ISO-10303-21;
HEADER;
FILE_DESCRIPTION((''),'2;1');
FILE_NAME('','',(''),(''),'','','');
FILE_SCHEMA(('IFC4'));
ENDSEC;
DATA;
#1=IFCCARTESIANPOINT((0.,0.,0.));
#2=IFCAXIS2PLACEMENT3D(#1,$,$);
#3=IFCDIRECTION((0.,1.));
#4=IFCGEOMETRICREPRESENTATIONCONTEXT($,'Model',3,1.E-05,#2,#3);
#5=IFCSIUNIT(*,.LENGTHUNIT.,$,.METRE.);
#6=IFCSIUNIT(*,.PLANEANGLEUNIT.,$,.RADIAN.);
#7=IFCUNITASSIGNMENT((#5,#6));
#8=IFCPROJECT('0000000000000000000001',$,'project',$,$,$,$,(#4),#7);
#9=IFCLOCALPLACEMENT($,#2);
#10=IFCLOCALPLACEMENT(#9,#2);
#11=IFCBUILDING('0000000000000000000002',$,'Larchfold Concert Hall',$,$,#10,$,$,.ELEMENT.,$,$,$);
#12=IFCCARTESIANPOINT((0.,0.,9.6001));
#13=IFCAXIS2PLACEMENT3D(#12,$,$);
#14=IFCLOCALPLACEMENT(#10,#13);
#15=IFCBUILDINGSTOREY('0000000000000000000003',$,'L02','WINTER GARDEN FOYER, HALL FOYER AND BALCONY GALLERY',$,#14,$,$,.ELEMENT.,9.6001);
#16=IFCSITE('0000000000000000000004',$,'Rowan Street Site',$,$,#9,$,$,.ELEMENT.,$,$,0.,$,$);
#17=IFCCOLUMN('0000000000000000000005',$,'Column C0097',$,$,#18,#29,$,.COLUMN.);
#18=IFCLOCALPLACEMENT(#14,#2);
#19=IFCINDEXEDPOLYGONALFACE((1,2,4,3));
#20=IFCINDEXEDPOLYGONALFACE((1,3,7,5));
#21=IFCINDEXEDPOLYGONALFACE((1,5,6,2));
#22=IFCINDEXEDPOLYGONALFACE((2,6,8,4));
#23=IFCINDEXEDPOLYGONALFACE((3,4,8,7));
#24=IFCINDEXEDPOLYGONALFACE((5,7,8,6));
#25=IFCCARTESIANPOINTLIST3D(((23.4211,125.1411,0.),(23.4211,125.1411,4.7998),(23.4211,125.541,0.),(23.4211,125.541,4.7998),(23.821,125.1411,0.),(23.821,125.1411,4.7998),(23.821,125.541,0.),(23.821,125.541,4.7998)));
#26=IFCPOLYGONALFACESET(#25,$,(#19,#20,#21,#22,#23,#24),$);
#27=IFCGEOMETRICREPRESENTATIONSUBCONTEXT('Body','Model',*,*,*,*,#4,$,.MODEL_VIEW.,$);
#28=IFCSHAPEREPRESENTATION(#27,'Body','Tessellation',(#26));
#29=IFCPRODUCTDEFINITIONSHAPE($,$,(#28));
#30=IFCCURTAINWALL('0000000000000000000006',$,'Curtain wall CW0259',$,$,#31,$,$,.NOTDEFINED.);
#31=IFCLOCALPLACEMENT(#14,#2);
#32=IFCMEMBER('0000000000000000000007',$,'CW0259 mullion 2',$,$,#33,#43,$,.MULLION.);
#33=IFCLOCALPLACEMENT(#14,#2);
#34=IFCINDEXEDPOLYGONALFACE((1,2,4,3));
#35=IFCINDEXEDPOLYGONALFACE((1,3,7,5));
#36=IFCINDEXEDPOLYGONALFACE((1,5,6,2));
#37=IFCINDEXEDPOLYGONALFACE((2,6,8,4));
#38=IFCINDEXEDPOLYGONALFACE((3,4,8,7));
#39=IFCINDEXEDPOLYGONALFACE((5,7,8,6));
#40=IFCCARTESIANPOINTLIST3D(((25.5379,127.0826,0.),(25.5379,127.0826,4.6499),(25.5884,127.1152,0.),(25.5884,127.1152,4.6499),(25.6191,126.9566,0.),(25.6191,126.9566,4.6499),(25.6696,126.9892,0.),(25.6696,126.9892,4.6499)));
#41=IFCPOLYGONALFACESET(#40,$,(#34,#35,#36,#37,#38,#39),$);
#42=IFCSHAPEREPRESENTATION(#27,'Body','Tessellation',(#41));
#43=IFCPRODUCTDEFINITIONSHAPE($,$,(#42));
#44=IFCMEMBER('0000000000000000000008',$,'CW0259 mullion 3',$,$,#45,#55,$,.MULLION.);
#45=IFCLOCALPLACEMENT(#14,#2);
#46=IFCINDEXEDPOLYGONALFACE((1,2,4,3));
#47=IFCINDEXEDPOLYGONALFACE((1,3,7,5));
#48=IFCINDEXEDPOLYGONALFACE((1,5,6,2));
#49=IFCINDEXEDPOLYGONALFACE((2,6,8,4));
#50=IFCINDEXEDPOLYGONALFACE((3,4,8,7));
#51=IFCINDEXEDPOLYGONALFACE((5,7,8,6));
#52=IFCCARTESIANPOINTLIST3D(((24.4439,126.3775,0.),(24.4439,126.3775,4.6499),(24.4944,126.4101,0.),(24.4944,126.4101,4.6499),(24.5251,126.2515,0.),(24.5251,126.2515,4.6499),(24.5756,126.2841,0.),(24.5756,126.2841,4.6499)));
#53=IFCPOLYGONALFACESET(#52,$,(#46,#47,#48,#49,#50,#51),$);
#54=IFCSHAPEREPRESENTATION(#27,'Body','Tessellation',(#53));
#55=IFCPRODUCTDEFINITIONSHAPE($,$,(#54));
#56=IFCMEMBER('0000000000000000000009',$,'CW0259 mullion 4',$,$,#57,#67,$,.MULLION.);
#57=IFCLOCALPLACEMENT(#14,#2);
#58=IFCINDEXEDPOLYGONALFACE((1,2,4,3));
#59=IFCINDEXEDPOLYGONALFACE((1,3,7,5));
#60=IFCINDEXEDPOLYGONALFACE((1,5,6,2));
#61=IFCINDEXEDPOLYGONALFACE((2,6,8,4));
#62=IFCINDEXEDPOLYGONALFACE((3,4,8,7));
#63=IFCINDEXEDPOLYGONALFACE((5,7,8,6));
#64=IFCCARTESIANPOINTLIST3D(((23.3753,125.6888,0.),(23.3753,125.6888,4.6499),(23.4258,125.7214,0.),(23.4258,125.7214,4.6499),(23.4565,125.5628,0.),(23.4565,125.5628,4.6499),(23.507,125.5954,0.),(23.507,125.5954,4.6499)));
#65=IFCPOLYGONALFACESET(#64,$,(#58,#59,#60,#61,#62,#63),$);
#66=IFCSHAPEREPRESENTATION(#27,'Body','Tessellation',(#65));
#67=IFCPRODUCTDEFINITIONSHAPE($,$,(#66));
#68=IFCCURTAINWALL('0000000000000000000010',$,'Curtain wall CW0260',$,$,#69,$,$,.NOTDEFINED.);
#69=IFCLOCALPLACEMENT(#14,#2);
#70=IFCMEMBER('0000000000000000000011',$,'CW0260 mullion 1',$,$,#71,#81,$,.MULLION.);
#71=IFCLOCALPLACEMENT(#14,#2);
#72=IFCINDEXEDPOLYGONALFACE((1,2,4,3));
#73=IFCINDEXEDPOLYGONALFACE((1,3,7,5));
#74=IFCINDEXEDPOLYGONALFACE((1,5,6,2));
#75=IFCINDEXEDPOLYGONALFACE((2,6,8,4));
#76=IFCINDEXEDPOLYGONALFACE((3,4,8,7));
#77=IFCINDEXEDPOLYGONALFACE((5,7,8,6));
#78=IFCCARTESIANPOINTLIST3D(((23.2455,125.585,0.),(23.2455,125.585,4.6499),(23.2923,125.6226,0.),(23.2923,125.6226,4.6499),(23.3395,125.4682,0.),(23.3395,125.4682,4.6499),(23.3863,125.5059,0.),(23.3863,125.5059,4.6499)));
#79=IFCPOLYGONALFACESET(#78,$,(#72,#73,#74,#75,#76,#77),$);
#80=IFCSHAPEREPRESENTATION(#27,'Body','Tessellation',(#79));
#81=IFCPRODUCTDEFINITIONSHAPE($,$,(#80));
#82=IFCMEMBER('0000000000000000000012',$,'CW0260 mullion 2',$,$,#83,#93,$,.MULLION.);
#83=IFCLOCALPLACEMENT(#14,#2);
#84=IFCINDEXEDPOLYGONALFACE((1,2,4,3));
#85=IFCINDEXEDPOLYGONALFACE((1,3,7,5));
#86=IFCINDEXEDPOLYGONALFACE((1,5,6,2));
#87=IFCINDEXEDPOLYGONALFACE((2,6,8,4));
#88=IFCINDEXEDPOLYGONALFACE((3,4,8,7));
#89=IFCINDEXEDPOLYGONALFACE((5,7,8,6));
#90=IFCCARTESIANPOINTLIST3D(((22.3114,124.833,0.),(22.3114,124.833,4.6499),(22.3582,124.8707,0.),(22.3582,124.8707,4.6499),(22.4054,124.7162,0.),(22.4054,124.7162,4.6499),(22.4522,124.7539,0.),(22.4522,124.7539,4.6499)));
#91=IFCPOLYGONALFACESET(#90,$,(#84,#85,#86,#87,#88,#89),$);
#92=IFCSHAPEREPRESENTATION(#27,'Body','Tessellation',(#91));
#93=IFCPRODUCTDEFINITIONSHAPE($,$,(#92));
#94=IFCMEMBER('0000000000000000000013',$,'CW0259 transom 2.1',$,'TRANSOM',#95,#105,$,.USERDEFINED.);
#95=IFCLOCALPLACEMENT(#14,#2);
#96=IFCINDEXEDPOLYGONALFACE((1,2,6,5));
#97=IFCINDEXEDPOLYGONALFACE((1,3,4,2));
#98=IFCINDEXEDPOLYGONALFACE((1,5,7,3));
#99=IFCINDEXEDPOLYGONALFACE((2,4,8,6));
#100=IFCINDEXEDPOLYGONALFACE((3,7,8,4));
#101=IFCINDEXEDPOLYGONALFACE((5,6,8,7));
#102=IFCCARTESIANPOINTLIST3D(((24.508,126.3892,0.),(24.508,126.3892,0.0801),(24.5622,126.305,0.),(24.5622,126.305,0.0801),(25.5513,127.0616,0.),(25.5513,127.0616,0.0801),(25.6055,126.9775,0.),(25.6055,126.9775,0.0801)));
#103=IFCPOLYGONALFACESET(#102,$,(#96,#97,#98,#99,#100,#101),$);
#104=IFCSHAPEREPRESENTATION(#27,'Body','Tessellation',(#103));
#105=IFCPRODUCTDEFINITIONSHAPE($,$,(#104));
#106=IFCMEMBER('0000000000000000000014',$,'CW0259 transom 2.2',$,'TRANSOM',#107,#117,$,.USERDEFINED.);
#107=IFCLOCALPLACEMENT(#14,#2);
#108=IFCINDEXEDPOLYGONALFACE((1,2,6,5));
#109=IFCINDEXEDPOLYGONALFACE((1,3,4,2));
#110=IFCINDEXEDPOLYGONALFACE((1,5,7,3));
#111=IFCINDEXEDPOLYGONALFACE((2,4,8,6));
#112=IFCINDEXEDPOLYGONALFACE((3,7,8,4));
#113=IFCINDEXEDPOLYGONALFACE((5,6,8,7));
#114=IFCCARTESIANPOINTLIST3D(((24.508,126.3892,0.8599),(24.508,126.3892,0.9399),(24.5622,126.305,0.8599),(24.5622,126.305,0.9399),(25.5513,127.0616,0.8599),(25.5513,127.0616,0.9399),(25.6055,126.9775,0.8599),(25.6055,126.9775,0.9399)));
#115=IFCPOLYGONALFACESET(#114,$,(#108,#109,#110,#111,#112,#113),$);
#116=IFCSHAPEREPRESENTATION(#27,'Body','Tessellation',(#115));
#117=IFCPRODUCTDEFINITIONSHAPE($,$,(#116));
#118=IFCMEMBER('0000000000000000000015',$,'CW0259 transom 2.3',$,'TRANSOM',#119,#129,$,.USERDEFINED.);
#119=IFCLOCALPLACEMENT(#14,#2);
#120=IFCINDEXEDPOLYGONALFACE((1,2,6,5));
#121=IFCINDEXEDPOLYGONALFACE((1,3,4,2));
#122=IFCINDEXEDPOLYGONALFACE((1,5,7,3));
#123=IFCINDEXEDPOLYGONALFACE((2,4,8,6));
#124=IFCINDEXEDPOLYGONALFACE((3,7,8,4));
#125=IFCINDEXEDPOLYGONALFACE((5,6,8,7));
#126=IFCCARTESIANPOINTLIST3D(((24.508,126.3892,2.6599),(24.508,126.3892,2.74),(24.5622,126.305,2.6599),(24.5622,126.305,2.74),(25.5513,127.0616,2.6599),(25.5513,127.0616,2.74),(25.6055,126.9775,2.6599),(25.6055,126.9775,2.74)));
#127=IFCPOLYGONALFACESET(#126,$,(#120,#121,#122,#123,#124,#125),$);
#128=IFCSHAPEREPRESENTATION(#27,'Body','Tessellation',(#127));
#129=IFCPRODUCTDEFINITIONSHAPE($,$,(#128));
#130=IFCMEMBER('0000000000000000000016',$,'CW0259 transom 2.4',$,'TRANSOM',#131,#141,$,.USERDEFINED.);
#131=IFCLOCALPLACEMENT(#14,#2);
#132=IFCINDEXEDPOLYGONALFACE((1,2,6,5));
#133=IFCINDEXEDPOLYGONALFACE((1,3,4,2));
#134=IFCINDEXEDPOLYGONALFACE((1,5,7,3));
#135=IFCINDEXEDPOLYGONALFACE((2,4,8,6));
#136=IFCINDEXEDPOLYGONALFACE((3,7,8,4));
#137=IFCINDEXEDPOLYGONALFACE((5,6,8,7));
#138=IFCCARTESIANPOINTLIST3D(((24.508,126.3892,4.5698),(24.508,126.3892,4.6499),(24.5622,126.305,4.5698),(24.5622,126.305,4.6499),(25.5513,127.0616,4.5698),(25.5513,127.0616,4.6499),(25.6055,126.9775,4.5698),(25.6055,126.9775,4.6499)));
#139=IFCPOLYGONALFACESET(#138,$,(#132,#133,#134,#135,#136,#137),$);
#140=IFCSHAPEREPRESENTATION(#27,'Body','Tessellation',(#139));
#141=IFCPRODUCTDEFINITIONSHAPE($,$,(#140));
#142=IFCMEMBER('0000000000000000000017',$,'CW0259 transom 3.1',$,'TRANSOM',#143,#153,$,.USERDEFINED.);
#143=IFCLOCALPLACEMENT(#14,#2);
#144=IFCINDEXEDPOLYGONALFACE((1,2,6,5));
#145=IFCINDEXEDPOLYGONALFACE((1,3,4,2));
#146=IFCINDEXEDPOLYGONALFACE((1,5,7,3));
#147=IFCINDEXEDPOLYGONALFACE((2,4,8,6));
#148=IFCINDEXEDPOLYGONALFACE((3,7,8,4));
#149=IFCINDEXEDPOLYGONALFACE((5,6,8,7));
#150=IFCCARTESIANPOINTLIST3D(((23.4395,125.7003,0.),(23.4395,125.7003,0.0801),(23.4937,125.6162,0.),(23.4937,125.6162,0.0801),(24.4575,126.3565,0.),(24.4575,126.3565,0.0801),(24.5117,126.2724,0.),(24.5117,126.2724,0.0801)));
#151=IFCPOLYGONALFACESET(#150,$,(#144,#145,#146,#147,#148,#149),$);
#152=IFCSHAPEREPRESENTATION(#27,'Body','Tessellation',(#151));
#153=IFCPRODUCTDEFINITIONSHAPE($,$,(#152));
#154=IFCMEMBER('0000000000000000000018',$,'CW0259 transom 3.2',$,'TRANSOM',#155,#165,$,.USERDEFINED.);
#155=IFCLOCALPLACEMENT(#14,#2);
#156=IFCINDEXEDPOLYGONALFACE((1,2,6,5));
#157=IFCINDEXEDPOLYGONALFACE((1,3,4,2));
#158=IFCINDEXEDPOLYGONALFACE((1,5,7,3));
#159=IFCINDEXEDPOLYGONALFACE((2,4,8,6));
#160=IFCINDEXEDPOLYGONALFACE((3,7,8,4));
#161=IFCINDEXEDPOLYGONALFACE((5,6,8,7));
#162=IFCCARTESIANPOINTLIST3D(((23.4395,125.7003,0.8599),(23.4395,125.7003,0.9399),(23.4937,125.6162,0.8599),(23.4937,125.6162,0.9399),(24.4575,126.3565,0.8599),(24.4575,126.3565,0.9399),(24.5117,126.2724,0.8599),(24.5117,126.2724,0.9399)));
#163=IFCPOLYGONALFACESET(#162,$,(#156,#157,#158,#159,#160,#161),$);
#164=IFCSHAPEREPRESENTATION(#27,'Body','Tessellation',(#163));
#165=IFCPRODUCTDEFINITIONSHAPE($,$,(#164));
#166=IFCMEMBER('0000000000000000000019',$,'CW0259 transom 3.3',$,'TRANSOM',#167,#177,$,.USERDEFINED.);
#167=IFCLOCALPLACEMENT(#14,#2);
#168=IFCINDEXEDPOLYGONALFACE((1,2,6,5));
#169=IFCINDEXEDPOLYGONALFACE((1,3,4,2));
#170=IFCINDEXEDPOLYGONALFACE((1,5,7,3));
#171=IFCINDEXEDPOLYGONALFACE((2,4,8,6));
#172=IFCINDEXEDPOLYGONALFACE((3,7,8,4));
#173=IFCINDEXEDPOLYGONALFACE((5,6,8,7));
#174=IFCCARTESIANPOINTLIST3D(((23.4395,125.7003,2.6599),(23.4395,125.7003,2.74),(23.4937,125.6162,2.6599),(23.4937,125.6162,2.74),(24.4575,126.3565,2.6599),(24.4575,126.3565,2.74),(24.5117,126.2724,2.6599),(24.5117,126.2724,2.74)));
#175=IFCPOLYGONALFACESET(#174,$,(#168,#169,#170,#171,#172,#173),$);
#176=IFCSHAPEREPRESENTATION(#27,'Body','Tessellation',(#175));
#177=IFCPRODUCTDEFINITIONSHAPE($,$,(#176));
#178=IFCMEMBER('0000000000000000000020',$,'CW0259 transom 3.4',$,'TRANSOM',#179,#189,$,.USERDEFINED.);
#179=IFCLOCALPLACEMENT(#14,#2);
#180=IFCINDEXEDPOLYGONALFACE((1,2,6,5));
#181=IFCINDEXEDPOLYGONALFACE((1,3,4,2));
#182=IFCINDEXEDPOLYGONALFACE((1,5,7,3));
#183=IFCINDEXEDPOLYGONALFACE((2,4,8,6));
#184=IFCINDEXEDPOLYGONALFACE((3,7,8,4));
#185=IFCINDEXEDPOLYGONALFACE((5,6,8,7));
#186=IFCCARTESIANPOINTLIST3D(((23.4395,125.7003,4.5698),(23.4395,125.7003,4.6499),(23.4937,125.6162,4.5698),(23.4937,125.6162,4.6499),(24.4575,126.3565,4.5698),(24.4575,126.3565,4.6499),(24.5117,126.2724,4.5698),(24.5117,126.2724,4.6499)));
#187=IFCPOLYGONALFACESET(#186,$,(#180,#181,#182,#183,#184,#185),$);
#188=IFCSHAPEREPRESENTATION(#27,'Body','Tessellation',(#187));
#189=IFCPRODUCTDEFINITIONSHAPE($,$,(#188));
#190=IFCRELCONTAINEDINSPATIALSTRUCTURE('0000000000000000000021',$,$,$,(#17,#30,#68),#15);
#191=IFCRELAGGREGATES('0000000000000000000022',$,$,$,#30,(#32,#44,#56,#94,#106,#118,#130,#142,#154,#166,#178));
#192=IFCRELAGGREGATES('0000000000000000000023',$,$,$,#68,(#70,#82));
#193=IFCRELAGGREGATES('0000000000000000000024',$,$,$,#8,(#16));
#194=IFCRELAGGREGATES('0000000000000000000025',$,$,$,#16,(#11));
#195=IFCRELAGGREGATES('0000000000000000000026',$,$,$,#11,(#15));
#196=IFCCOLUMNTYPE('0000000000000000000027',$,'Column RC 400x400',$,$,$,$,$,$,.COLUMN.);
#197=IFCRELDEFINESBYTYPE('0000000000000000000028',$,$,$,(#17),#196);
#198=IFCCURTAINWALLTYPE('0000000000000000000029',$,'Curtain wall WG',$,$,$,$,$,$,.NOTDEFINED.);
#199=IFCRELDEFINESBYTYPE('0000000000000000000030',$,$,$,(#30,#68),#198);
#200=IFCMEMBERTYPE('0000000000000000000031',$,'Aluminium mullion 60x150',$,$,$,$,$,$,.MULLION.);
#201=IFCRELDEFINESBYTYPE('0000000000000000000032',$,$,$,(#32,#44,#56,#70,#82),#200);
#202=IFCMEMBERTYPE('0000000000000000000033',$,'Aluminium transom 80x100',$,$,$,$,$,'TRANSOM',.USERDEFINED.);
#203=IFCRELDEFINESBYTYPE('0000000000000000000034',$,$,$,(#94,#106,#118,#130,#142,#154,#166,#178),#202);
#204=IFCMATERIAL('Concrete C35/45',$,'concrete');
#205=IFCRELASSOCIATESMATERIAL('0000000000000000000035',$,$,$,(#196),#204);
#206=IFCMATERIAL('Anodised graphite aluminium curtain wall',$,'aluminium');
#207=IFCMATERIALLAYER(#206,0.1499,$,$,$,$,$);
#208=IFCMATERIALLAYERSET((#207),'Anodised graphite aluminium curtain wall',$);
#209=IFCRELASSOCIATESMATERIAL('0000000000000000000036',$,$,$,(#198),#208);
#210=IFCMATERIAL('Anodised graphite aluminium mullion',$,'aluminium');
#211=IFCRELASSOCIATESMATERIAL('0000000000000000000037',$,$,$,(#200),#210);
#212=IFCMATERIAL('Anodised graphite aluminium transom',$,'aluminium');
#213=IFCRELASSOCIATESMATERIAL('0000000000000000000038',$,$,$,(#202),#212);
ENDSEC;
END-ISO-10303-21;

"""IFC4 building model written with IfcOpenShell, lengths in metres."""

from ifc_helpers import new_model, si_unit, direction, frame, origin, origin_2d, place, context, subcontext, project, spatial, rectangle, extrude, material, layer, layer_set, material_profile, profile_set, type_object, element, aggregate, save


model = new_model("IFC4")

# Units and contexts
model_context = context("Model", 3, precision=1e-05, world=origin(), true_north=direction((0.0, 1.0)))
body_context = subcontext(model_context, "Body", "Model", "MODEL_VIEW")
ifc_project = project(units=[si_unit("LENGTHUNIT", "METRE"), si_unit("PLANEANGLEUNIT", "RADIAN")], contexts=[model_context])

# Site, building, storey
site_placement = place(None, origin())
site = spatial("IfcSite", under=ifc_project, at=site_placement, Name="Rowan Street Site", CompositionType="ELEMENT", RefElevation=0.0)
building_placement = place(site_placement, origin())
building = spatial("IfcBuilding", under=site, at=building_placement, Name="Larchfold Concert Hall", CompositionType="ELEMENT")
storey_placement = place(building_placement, frame((0.0, 0.0, 9.6001)))
storey = spatial("IfcBuildingStorey", under=building, at=storey_placement, Name="L02", Description="WINTER GARDEN FOYER, HALL FOYER AND BALCONY GALLERY", CompositionType="ELEMENT", Elevation=9.6001)

# Column
ifc_material_1 = material(Name="Concrete C35/45", Category="concrete")
ifc_material_profile_1 = material_profile(ifc_material_1, rectangle(XDim=0.3999, YDim=0.3999, at=origin_2d()))
ifc_profile_set_1 = profile_set([ifc_material_profile_1], Name="Concrete C35/45")
column_type = type_object("IfcColumnType", Name="Column RC 400x400", PredefinedType="COLUMN", material=ifc_profile_set_1)
column_placement = place(storey_placement, frame((23.6211, 125.3411, 0.0), z_axis=(0.0, 0.0, 1.0), x_axis=(1.0, 0.0, 0.0)))
element("IfcColumn", 1, at=column_placement, inside=storey, type_object=column_type, Name="Column C0097", PredefinedType="COLUMN", context=body_context, shape_type="SweptSolid", body=[
    extrude(rectangle(XDim=0.3999, YDim=0.3999, at=origin_2d()), origin(), (0.0, 0.0, 1.0), 4.7998),
])

# Curtain walls, members
ifc_material_2 = material(Name="Anodised graphite aluminium curtain wall", Category="aluminium")
ifc_layer_1 = layer(ifc_material_2, 0.1499)
ifc_layer_set_1 = layer_set([ifc_layer_1], Name="Anodised graphite aluminium curtain wall")
curtain_wall_type = type_object("IfcCurtainWallType", Name="Curtain wall WG", PredefinedType="NOTDEFINED", material=ifc_layer_set_1)
curtain_wall_1_placement = place(storey_placement, origin())
curtain_wall_1 = element("IfcCurtainWall", 2, at=curtain_wall_1_placement, inside=storey, type_object=curtain_wall_type, Name="Curtain wall CW0259", PredefinedType="NOTDEFINED")
ifc_material_3 = material(Name="Anodised graphite aluminium mullion", Category="aluminium")
ifc_material_profile_2 = material_profile(ifc_material_3, rectangle(XDim=0.1499, YDim=0.0601, at=origin_2d()))
ifc_profile_set_2 = profile_set([ifc_material_profile_2], Name="Anodised graphite aluminium mullion")
member_type_1 = type_object("IfcMemberType", Name="Aluminium mullion 60x150", PredefinedType="MULLION", material=ifc_profile_set_2)
member_1_placement = place(storey_placement, frame((25.6038, 127.0359, 0.0), z_axis=(0.0, 0.0, 1.0), x_axis=(0.541791, -0.840513, 0.0)))
member_1 = element("IfcMember", 3, at=member_1_placement, type_object=member_type_1, Name="CW0259 mullion 2", PredefinedType="MULLION", context=body_context, shape_type="SweptSolid", body=[
    extrude(rectangle(XDim=0.1499, YDim=0.0601, at=origin_2d()), origin(), (0.0, 0.0, 1.0), 4.6499),
])
member_2_placement = place(storey_placement, frame((24.5098, 126.3308, 0.0), z_axis=(0.0, 0.0, 1.0), x_axis=(0.541791, -0.840513, 0.0)))
member_2 = element("IfcMember", 4, at=member_2_placement, type_object=member_type_1, Name="CW0259 mullion 3", PredefinedType="MULLION", context=body_context, shape_type="SweptSolid", body=[
    extrude(rectangle(XDim=0.1499, YDim=0.0601, at=origin_2d()), origin(), (0.0, 0.0, 1.0), 4.6499),
])
member_3_placement = place(storey_placement, frame((23.4412, 125.6421, 0.0), z_axis=(0.0, 0.0, 1.0), x_axis=(0.541791, -0.840513, 0.0)))
member_3 = element("IfcMember", 5, at=member_3_placement, type_object=member_type_1, Name="CW0259 mullion 4", PredefinedType="MULLION", context=body_context, shape_type="SweptSolid", body=[
    extrude(rectangle(XDim=0.1499, YDim=0.0601, at=origin_2d()), origin(), (0.0, 0.0, 1.0), 4.6499),
])
curtain_wall_2_placement = place(storey_placement, origin())
curtain_wall_2 = element("IfcCurtainWall", 6, at=curtain_wall_2_placement, inside=storey, type_object=curtain_wall_type, Name="Curtain wall CW0260", PredefinedType="NOTDEFINED")
member_4_placement = place(storey_placement, frame((23.3159, 125.5454, 0.0), z_axis=(0.0, 0.0, 1.0), x_axis=(0.627002, -0.779018, 0.0)))
member_4 = element("IfcMember", 7, at=member_4_placement, type_object=member_type_1, Name="CW0260 mullion 1", PredefinedType="MULLION", context=body_context, shape_type="SweptSolid", body=[
    extrude(rectangle(XDim=0.1499, YDim=0.0601, at=origin_2d()), origin(), (0.0, 0.0, 1.0), 4.6499),
])
member_5_placement = place(storey_placement, frame((22.3818, 124.7935, 0.0), z_axis=(0.0, 0.0, 1.0), x_axis=(0.627002, -0.779018, 0.0)))
member_5 = element("IfcMember", 8, at=member_5_placement, type_object=member_type_1, Name="CW0260 mullion 2", PredefinedType="MULLION", context=body_context, shape_type="SweptSolid", body=[
    extrude(rectangle(XDim=0.1499, YDim=0.0601, at=origin_2d()), origin(), (0.0, 0.0, 1.0), 4.6499),
])

# Members
ifc_material_4 = material(Name="Anodised graphite aluminium transom", Category="aluminium")
ifc_material_profile_3 = material_profile(ifc_material_4, rectangle(XDim=0.1001, YDim=0.0801, at=origin_2d()))
ifc_profile_set_3 = profile_set([ifc_material_profile_3], Name="Anodised graphite aluminium transom")
member_type_2 = type_object("IfcMemberType", Name="Aluminium transom 80x100", ElementType="TRANSOM", PredefinedType="USERDEFINED", material=ifc_profile_set_3)
member_6_placement = place(storey_placement, frame((25.5784, 127.0195, 0.04), z_axis=(-0.840545, -0.541741, 0.0), x_axis=(0.541741, -0.840545, 0.0)))
member_6 = element("IfcMember", 9, at=member_6_placement, type_object=member_type_2, Name="CW0259 transom 2.1", ObjectType="TRANSOM", PredefinedType="USERDEFINED", context=body_context, shape_type="SweptSolid", body=[
    extrude(rectangle(XDim=0.1001, YDim=0.0801, at=origin_2d()), origin(), (0.0, 0.0, 1.0), 1.2412),
])
member_7_placement = place(storey_placement, frame((25.5784, 127.0195, 0.8999), z_axis=(-0.840545, -0.541741, 0.0), x_axis=(0.541741, -0.840545, 0.0)))
member_7 = element("IfcMember", 10, at=member_7_placement, type_object=member_type_2, Name="CW0259 transom 2.2", ObjectType="TRANSOM", PredefinedType="USERDEFINED", context=body_context, shape_type="SweptSolid", body=[
    extrude(rectangle(XDim=0.1001, YDim=0.0801, at=origin_2d()), origin(), (0.0, 0.0, 1.0), 1.2412),
])
member_8_placement = place(storey_placement, frame((25.5784, 127.0195, 2.7), z_axis=(-0.840545, -0.541741, 0.0), x_axis=(0.541741, -0.840545, 0.0)))
member_8 = element("IfcMember", 11, at=member_8_placement, type_object=member_type_2, Name="CW0259 transom 2.3", ObjectType="TRANSOM", PredefinedType="USERDEFINED", context=body_context, shape_type="SweptSolid", body=[
    extrude(rectangle(XDim=0.1001, YDim=0.0801, at=origin_2d()), origin(), (0.0, 0.0, 1.0), 1.2412),
])
member_9_placement = place(storey_placement, frame((25.5784, 127.0195, 4.6099), z_axis=(-0.840545, -0.541741, 0.0), x_axis=(0.541741, -0.840545, 0.0)))
member_9 = element("IfcMember", 12, at=member_9_placement, type_object=member_type_2, Name="CW0259 transom 2.4", ObjectType="TRANSOM", PredefinedType="USERDEFINED", context=body_context, shape_type="SweptSolid", body=[
    extrude(rectangle(XDim=0.1001, YDim=0.0801, at=origin_2d()), origin(), (0.0, 0.0, 1.0), 1.2412),
])
member_10_placement = place(storey_placement, frame((24.4846, 126.3145, 0.04), z_axis=(-0.84051, -0.541796, 0.0), x_axis=(0.541796, -0.84051, 0.0)))
member_10 = element("IfcMember", 13, at=member_10_placement, type_object=member_type_2, Name="CW0259 transom 3.1", ObjectType="TRANSOM", PredefinedType="USERDEFINED", context=body_context, shape_type="SweptSolid", body=[
    extrude(rectangle(XDim=0.1001, YDim=0.0801, at=origin_2d()), origin(), (0.0, 0.0, 1.0), 1.2112),
])
member_11_placement = place(storey_placement, frame((24.4846, 126.3145, 0.8999), z_axis=(-0.84051, -0.541796, 0.0), x_axis=(0.541796, -0.84051, 0.0)))
member_11 = element("IfcMember", 14, at=member_11_placement, type_object=member_type_2, Name="CW0259 transom 3.2", ObjectType="TRANSOM", PredefinedType="USERDEFINED", context=body_context, shape_type="SweptSolid", body=[
    extrude(rectangle(XDim=0.1001, YDim=0.0801, at=origin_2d()), origin(), (0.0, 0.0, 1.0), 1.2112),
])
member_12_placement = place(storey_placement, frame((24.4846, 126.3145, 2.7), z_axis=(-0.84051, -0.541796, 0.0), x_axis=(0.541796, -0.84051, 0.0)))
member_12 = element("IfcMember", 15, at=member_12_placement, type_object=member_type_2, Name="CW0259 transom 3.3", ObjectType="TRANSOM", PredefinedType="USERDEFINED", context=body_context, shape_type="SweptSolid", body=[
    extrude(rectangle(XDim=0.1001, YDim=0.0801, at=origin_2d()), origin(), (0.0, 0.0, 1.0), 1.2112),
])
member_13_placement = place(storey_placement, frame((24.4846, 126.3145, 4.6099), z_axis=(-0.84051, -0.541796, 0.0), x_axis=(0.541796, -0.84051, 0.0)))
member_13 = element("IfcMember", 16, at=member_13_placement, type_object=member_type_2, Name="CW0259 transom 3.4", ObjectType="TRANSOM", PredefinedType="USERDEFINED", context=body_context, shape_type="SweptSolid", body=[
    extrude(rectangle(XDim=0.1001, YDim=0.0801, at=origin_2d()), origin(), (0.0, 0.0, 1.0), 1.2112),
])

aggregate(curtain_wall_1, [member_1, member_2, member_3, member_6, member_7, member_8, member_9, member_10, member_11, member_12, member_13])
aggregate(curtain_wall_2, [member_4, member_5])

save(model, "model.ifc")
